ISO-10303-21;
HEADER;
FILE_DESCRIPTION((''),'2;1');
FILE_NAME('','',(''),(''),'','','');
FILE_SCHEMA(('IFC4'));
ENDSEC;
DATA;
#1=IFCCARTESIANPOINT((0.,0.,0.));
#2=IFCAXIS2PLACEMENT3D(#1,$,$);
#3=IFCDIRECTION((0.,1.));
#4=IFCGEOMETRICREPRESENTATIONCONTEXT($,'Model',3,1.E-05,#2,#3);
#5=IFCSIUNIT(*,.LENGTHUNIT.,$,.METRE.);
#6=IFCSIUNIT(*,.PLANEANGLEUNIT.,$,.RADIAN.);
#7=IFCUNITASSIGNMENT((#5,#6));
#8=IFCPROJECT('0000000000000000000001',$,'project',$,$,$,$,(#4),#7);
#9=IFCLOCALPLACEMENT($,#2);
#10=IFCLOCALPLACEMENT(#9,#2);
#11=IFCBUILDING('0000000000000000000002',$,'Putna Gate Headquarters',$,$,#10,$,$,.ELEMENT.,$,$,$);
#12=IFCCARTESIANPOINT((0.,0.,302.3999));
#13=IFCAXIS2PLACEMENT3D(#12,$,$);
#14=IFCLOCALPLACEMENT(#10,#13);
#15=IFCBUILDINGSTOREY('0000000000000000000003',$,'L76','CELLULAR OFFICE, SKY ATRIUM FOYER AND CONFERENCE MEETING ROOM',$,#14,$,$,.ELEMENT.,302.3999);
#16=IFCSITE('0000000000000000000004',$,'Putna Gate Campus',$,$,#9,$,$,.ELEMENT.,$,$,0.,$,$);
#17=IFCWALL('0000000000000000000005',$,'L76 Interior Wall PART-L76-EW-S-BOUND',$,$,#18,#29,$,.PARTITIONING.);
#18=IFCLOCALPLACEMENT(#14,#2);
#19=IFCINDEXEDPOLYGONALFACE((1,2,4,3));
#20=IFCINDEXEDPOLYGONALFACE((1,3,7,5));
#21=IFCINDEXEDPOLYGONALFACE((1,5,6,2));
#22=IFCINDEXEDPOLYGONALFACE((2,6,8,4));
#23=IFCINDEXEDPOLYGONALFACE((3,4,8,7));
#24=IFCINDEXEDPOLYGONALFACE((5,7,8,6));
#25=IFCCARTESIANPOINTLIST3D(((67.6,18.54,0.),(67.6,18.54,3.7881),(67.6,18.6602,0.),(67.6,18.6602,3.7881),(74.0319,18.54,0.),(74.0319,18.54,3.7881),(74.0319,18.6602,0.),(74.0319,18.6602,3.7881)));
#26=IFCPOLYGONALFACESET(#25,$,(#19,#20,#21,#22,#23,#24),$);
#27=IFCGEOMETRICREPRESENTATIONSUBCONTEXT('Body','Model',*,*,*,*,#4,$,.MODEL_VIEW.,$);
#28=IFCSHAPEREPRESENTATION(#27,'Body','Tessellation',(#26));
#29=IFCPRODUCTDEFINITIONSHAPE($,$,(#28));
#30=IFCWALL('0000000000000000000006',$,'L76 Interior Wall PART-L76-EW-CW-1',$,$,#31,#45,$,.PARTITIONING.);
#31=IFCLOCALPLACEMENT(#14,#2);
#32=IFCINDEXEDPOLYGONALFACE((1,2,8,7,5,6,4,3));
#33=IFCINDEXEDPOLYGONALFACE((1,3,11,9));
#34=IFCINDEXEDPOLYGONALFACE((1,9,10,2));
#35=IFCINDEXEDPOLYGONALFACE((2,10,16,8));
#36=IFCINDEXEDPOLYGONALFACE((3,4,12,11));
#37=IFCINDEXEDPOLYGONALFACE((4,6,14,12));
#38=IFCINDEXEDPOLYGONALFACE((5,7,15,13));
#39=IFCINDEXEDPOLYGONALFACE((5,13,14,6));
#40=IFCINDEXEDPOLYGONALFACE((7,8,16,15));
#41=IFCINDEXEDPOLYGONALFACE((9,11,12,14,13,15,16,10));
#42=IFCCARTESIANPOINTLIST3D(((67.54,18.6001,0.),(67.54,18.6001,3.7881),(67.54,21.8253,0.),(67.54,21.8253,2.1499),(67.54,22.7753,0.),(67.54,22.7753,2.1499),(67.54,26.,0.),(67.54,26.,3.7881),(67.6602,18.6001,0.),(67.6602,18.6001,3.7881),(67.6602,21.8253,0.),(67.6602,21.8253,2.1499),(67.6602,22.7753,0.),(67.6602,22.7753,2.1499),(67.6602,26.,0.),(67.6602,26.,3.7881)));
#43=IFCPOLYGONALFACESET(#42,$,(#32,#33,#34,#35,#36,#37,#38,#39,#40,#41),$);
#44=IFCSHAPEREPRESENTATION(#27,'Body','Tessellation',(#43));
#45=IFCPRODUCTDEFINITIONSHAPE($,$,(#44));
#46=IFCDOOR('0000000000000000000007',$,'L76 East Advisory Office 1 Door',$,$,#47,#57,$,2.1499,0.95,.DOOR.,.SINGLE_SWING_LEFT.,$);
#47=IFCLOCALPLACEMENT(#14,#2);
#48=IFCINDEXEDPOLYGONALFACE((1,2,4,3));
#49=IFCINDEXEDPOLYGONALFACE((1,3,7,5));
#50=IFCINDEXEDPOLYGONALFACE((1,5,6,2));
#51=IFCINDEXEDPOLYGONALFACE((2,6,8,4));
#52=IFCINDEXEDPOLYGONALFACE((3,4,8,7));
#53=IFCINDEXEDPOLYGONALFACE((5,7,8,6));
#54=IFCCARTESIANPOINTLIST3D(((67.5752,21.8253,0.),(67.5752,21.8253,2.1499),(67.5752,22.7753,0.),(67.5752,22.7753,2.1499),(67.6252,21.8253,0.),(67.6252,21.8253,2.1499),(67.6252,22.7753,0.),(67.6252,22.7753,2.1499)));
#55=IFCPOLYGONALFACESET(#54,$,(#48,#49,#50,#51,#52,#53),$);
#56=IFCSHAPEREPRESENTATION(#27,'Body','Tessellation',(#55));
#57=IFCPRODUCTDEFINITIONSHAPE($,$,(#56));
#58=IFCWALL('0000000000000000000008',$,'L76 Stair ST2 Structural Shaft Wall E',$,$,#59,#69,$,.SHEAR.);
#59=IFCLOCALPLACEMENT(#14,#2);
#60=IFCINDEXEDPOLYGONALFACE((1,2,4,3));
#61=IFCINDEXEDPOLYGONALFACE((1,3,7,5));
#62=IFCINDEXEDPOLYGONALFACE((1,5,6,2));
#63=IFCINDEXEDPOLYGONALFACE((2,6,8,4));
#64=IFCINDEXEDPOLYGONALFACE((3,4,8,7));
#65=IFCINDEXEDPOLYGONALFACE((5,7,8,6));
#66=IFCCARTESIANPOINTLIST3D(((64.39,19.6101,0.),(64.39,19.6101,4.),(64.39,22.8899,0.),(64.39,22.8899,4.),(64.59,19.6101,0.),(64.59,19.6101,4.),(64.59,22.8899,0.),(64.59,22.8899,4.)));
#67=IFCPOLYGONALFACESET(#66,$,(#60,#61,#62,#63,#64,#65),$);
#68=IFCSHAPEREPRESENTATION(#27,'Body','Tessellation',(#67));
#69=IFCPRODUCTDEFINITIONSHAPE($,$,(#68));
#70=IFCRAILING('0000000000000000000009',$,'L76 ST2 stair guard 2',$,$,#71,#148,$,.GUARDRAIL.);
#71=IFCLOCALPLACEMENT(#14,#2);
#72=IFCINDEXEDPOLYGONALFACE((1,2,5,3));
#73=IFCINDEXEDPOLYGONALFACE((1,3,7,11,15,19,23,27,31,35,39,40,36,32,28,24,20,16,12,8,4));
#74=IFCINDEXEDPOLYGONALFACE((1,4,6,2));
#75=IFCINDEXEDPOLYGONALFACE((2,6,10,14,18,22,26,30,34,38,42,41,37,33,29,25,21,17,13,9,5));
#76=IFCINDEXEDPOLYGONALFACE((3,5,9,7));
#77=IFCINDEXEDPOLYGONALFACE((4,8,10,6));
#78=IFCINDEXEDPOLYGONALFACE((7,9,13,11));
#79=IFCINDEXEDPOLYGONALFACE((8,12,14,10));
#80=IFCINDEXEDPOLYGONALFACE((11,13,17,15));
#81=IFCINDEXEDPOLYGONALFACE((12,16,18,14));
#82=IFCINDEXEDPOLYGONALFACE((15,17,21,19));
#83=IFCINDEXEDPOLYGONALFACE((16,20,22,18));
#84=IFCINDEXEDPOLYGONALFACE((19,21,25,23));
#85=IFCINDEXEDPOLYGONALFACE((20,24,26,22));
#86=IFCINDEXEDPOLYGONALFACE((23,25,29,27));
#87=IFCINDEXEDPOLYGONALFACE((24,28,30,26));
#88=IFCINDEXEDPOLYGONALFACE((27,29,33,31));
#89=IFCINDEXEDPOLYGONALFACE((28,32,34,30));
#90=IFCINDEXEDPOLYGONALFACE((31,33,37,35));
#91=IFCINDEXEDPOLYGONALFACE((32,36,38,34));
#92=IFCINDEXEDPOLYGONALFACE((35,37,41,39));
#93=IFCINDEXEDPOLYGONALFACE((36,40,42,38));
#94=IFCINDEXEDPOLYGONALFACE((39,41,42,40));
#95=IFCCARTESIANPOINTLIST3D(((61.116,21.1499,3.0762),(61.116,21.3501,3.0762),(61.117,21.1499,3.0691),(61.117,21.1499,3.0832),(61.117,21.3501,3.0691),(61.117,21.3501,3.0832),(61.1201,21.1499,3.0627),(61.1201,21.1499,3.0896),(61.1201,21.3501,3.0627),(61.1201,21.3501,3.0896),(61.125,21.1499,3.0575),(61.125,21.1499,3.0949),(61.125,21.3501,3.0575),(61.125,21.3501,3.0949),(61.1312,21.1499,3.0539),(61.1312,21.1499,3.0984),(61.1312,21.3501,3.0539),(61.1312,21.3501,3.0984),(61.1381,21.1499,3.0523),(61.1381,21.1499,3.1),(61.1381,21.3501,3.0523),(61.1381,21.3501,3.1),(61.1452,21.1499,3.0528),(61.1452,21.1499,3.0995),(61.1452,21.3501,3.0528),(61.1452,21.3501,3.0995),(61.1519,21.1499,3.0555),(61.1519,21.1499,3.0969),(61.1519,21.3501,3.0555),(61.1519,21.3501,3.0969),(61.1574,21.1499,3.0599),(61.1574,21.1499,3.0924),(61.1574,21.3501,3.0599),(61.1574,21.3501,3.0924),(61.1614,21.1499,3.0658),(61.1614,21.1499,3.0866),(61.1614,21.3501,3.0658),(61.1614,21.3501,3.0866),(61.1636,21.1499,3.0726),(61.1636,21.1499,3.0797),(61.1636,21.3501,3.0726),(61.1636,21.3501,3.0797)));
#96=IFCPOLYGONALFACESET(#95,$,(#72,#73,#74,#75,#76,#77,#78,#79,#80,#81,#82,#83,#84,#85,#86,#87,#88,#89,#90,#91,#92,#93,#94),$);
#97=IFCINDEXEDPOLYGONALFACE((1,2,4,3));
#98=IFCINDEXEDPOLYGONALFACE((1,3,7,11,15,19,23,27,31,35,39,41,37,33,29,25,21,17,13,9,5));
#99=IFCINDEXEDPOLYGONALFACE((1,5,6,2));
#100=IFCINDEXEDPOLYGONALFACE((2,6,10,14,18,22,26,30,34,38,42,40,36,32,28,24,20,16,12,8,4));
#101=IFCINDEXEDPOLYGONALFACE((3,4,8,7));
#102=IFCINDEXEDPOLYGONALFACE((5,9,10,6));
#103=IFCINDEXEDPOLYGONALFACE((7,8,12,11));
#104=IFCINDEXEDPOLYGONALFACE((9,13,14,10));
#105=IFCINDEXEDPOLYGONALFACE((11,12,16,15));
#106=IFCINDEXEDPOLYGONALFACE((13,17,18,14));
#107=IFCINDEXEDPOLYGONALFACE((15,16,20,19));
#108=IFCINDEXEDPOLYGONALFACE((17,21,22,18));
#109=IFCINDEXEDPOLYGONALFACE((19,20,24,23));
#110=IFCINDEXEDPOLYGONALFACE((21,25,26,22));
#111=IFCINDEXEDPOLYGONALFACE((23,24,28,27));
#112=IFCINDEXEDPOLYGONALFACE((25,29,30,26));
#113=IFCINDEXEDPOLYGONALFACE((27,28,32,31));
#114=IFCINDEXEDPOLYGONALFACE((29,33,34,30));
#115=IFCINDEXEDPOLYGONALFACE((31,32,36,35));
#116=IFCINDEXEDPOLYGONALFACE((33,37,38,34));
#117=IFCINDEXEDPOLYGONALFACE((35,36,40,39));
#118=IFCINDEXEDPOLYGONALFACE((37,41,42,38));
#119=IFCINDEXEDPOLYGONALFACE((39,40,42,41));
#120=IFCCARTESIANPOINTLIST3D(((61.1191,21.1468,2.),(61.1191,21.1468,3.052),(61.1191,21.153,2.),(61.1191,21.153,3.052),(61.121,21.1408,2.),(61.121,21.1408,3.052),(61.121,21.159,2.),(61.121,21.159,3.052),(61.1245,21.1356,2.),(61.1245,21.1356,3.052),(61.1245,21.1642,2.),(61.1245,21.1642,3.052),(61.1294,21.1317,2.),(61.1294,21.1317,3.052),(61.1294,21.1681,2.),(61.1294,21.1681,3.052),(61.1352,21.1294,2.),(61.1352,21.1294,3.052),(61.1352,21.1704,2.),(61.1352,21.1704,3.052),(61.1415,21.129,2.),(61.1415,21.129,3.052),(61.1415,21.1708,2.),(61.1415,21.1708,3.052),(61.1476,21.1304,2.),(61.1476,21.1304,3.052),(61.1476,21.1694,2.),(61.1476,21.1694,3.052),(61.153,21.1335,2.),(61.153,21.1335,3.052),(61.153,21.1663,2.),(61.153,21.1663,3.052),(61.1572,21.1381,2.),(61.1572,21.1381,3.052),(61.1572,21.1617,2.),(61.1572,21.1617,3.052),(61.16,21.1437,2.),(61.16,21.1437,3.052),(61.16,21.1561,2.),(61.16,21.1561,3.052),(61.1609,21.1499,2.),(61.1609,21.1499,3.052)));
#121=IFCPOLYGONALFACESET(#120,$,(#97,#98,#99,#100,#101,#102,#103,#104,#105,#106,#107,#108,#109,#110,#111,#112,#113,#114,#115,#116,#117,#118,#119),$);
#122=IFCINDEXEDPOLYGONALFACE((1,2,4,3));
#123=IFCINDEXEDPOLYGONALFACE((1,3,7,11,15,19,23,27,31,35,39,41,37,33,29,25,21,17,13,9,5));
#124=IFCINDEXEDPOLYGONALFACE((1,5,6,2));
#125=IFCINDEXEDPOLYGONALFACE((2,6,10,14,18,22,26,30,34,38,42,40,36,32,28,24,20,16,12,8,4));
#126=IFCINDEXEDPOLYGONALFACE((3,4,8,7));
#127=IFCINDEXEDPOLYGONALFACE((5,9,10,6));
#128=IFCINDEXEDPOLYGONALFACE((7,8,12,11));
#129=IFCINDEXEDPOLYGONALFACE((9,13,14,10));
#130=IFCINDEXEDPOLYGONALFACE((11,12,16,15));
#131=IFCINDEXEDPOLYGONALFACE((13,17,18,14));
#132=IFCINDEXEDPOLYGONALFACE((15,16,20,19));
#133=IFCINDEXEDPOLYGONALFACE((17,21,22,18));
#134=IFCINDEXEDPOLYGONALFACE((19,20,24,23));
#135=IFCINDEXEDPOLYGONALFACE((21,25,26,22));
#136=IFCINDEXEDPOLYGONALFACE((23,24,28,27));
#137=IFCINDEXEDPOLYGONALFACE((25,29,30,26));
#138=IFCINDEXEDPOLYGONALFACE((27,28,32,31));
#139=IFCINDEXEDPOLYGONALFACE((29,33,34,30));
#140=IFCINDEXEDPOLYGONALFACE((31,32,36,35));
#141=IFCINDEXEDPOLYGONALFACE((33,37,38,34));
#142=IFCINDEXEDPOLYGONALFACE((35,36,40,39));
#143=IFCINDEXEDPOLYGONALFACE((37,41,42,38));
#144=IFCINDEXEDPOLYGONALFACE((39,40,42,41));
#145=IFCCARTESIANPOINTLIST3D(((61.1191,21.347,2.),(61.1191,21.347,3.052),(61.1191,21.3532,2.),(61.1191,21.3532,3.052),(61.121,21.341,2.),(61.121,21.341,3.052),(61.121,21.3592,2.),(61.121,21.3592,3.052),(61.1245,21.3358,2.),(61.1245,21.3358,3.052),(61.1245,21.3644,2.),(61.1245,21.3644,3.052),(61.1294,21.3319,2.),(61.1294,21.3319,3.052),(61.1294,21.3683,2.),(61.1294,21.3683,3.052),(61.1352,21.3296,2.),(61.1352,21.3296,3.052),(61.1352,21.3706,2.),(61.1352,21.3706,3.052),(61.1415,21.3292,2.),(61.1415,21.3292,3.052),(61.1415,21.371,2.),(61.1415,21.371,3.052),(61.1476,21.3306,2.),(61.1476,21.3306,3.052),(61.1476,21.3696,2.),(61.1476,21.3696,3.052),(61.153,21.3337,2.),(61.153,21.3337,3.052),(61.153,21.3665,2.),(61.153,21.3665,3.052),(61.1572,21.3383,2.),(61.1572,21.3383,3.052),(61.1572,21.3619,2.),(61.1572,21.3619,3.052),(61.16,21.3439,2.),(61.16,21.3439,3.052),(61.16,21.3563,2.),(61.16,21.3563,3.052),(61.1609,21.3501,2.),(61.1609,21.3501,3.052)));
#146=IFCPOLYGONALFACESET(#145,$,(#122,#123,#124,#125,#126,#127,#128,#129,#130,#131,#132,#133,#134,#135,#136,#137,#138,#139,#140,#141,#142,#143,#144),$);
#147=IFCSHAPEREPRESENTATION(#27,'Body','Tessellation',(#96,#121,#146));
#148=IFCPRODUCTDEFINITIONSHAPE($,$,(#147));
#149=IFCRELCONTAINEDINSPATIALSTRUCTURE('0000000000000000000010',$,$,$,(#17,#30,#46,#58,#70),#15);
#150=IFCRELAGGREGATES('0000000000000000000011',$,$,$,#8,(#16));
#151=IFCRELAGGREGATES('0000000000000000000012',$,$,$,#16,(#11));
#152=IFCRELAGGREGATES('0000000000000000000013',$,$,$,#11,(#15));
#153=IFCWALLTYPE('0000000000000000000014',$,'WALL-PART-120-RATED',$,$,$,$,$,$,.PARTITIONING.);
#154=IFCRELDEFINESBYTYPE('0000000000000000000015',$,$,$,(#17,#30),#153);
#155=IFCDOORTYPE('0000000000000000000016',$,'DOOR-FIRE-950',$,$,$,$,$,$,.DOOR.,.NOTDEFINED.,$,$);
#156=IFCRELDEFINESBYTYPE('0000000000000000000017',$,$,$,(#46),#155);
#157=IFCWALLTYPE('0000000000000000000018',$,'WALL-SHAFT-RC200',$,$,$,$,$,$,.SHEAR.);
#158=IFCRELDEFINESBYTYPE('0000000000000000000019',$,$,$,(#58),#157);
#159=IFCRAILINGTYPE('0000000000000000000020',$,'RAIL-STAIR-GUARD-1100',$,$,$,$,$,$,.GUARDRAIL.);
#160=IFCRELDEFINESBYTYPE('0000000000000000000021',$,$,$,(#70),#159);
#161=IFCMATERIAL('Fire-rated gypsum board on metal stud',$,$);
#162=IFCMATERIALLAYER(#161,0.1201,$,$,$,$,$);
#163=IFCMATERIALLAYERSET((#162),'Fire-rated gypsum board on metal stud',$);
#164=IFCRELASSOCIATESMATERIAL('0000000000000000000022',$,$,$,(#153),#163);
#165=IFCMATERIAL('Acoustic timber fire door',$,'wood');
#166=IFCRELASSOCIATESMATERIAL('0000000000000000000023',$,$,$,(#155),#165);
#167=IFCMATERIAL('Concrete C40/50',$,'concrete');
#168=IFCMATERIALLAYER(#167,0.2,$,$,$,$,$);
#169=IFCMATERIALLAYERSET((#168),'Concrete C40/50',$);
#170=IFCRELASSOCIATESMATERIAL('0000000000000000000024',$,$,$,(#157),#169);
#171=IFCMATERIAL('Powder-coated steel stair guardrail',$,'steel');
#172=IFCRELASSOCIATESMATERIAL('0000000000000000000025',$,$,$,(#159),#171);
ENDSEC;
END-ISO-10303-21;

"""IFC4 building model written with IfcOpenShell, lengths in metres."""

from ifc_helpers import new_model, si_unit, direction, frame, frame_2d, origin, origin_2d, place, context, subcontext, project, spatial, rectangle, circle, extrude, material, layer, layer_set, type_object, element, fill, save


model = new_model("IFC4")

# Units and contexts
model_context = context("Model", 3, precision=1e-05, world=origin(), true_north=direction((0.0, 1.0)))
body_context = subcontext(model_context, "Body", "Model", "MODEL_VIEW")
ifc_project = project(units=[si_unit("LENGTHUNIT", "METRE"), si_unit("PLANEANGLEUNIT", "RADIAN")], contexts=[model_context])

# Site, building, storey
site_placement = place(None, origin())
site = spatial("IfcSite", under=ifc_project, at=site_placement, Name="Putna Gate Campus", CompositionType="ELEMENT", RefElevation=0.0)
building_placement = place(site_placement, origin())
building = spatial("IfcBuilding", under=site, at=building_placement, Name="Putna Gate Headquarters", CompositionType="ELEMENT")
storey_placement = place(building_placement, frame((0.0, 0.0, 302.3999)))
storey = spatial("IfcBuildingStorey", under=building, at=storey_placement, Name="L76", Description="CELLULAR OFFICE, SKY ATRIUM FOYER AND CONFERENCE MEETING ROOM", CompositionType="ELEMENT", Elevation=302.3999)

# Shared definitions
ifc_material_1 = material(Name="Fire-rated gypsum board on metal stud")
ifc_layer_1 = layer(ifc_material_1, 0.1201)
ifc_layer_set_1 = layer_set([ifc_layer_1], Name="Fire-rated gypsum board on metal stud")
wall_type_1 = type_object("IfcWallType", Name="WALL-PART-120-RATED", PredefinedType="PARTITIONING", material=ifc_layer_set_1)

# Shared definitions
ifc_material_2 = material(Name="Acoustic timber fire door", Category="wood")
door_type_1 = type_object("IfcDoorType", Name="DOOR-FIRE-950", OperationType="NOTDEFINED", PredefinedType="DOOR", material=ifc_material_2)

# Wall
wall_1_placement = place(storey_placement, frame((67.6001, 18.6001, 0.0), z_axis=(0.0, 0.0, 1.0), x_axis=(1.0, 0.0, 0.0)))
element("IfcWall", 1, at=wall_1_placement, inside=storey, type_object=wall_type_1, Name="L76 Interior Wall PART-L76-EW-S-BOUND", PredefinedType="PARTITIONING", context=body_context, shape_type="SweptSolid", body=[
    extrude(rectangle(XDim=6.4319, YDim=0.1201, at=frame_2d((3.2158, 0.0))), origin(), (0.0, 0.0, 1.0), 3.7881),
])

# Wall, opening, door
wall_2_placement = place(storey_placement, frame((67.6001, 18.6001, 0.0), z_axis=(0.0, 0.0, 1.0), x_axis=(0.0, 1.0, 0.0)))
wall_2 = element("IfcWall", 2, at=wall_2_placement, inside=storey, type_object=wall_type_1, Name="L76 Interior Wall PART-L76-EW-CW-1", PredefinedType="PARTITIONING", context=body_context, shape_type="SweptSolid", body=[
    extrude(rectangle(XDim=7.3999, YDim=0.1201, at=frame_2d((3.7, 0.0))), origin(), (0.0, 0.0, 1.0), 3.7881),
])
opening_1_placement = place(wall_2_placement, frame((3.2251, 0.0, 0.0)))
opening_1 = element("IfcOpeningElement", 3, at=opening_1_placement, cuts=wall_2, PredefinedType="OPENING", context=body_context, shape_type="SweptSolid", body=[
    extrude(rectangle(XDim=0.95, YDim=2.1499, at=frame_2d((0.4751, 1.075))), frame((0.0, 0.0701, 0.0), z_axis=(0.0, -1.0, 0.0), x_axis=(1.0, 0.0, 0.0)), (0.0, 0.0, 1.0), 0.1401),
])
door_1_placement = place(opening_1_placement, origin())
door_1 = element("IfcDoor", 4, at=door_1_placement, inside=storey, type_object=door_type_1, Name="L76 East Advisory Office 1 Door", OperationType="SINGLE_SWING_LEFT", OverallHeight=2.1499, OverallWidth=0.95, PredefinedType="DOOR", context=body_context, shape_type="SweptSolid", body=[
    extrude(rectangle(XDim=0.95, YDim=2.1499, at=frame_2d((0.4751, 1.075))), frame((0.0, 0.0249, 0.0), z_axis=(0.0, -1.0, 0.0), x_axis=(1.0, 0.0, 0.0)), (0.0, 0.0, 1.0), 0.05),
])
fill(opening_1, door_1)

# Wall
ifc_material_3 = material(Name="Concrete C40/50", Category="concrete")
ifc_layer_2 = layer(ifc_material_3, 0.2)
ifc_layer_set_2 = layer_set([ifc_layer_2], Name="Concrete C40/50")
wall_type_2 = type_object("IfcWallType", Name="WALL-SHAFT-RC200", PredefinedType="SHEAR", material=ifc_layer_set_2)
wall_3_placement = place(storey_placement, frame((64.49, 19.6101, 0.0), z_axis=(0.0, 0.0, 1.0), x_axis=(0.0, 1.0, 0.0)))
element("IfcWall", 5, at=wall_3_placement, inside=storey, type_object=wall_type_2, Name="L76 Stair ST2 Structural Shaft Wall E", PredefinedType="SHEAR", context=body_context, shape_type="SweptSolid", body=[
    extrude(rectangle(XDim=3.2798, YDim=0.2, at=frame_2d((1.6399, 0.0))), origin(), (0.0, 0.0, 1.0), 4.0),
])

# Railing
ifc_material_4 = material(Name="Powder-coated steel stair guardrail", Category="steel")
railing_type = type_object("IfcRailingType", Name="RAIL-STAIR-GUARD-1100", PredefinedType="GUARDRAIL", material=ifc_material_4)
railing_1_placement = place(storey_placement, frame((61.1399, 21.1499, 2.0)))
element("IfcRailing", 6, at=railing_1_placement, inside=storey, type_object=railing_type, Name="L76 ST2 stair guard 2", PredefinedType="GUARDRAIL", context=body_context, shape_type="SweptSolid", body=[
    extrude(circle(Radius=0.0239, at=origin_2d()), frame((0.0, 0.0, 1.0762), z_axis=(0.0, 1.0, 0.0), x_axis=(-1.0, 0.0, 0.0)), (0.0, 0.0, 1.0), 0.2002),
    extrude(circle(Radius=0.021, at=origin_2d()), origin(), (0.0, 0.0, 1.0), 1.052),
    extrude(circle(Radius=0.021, at=origin_2d()), frame((0.0, 0.2002, 0.0)), (0.0, 0.0, 1.0), 1.052),
])

save(model, "model.ifc")
